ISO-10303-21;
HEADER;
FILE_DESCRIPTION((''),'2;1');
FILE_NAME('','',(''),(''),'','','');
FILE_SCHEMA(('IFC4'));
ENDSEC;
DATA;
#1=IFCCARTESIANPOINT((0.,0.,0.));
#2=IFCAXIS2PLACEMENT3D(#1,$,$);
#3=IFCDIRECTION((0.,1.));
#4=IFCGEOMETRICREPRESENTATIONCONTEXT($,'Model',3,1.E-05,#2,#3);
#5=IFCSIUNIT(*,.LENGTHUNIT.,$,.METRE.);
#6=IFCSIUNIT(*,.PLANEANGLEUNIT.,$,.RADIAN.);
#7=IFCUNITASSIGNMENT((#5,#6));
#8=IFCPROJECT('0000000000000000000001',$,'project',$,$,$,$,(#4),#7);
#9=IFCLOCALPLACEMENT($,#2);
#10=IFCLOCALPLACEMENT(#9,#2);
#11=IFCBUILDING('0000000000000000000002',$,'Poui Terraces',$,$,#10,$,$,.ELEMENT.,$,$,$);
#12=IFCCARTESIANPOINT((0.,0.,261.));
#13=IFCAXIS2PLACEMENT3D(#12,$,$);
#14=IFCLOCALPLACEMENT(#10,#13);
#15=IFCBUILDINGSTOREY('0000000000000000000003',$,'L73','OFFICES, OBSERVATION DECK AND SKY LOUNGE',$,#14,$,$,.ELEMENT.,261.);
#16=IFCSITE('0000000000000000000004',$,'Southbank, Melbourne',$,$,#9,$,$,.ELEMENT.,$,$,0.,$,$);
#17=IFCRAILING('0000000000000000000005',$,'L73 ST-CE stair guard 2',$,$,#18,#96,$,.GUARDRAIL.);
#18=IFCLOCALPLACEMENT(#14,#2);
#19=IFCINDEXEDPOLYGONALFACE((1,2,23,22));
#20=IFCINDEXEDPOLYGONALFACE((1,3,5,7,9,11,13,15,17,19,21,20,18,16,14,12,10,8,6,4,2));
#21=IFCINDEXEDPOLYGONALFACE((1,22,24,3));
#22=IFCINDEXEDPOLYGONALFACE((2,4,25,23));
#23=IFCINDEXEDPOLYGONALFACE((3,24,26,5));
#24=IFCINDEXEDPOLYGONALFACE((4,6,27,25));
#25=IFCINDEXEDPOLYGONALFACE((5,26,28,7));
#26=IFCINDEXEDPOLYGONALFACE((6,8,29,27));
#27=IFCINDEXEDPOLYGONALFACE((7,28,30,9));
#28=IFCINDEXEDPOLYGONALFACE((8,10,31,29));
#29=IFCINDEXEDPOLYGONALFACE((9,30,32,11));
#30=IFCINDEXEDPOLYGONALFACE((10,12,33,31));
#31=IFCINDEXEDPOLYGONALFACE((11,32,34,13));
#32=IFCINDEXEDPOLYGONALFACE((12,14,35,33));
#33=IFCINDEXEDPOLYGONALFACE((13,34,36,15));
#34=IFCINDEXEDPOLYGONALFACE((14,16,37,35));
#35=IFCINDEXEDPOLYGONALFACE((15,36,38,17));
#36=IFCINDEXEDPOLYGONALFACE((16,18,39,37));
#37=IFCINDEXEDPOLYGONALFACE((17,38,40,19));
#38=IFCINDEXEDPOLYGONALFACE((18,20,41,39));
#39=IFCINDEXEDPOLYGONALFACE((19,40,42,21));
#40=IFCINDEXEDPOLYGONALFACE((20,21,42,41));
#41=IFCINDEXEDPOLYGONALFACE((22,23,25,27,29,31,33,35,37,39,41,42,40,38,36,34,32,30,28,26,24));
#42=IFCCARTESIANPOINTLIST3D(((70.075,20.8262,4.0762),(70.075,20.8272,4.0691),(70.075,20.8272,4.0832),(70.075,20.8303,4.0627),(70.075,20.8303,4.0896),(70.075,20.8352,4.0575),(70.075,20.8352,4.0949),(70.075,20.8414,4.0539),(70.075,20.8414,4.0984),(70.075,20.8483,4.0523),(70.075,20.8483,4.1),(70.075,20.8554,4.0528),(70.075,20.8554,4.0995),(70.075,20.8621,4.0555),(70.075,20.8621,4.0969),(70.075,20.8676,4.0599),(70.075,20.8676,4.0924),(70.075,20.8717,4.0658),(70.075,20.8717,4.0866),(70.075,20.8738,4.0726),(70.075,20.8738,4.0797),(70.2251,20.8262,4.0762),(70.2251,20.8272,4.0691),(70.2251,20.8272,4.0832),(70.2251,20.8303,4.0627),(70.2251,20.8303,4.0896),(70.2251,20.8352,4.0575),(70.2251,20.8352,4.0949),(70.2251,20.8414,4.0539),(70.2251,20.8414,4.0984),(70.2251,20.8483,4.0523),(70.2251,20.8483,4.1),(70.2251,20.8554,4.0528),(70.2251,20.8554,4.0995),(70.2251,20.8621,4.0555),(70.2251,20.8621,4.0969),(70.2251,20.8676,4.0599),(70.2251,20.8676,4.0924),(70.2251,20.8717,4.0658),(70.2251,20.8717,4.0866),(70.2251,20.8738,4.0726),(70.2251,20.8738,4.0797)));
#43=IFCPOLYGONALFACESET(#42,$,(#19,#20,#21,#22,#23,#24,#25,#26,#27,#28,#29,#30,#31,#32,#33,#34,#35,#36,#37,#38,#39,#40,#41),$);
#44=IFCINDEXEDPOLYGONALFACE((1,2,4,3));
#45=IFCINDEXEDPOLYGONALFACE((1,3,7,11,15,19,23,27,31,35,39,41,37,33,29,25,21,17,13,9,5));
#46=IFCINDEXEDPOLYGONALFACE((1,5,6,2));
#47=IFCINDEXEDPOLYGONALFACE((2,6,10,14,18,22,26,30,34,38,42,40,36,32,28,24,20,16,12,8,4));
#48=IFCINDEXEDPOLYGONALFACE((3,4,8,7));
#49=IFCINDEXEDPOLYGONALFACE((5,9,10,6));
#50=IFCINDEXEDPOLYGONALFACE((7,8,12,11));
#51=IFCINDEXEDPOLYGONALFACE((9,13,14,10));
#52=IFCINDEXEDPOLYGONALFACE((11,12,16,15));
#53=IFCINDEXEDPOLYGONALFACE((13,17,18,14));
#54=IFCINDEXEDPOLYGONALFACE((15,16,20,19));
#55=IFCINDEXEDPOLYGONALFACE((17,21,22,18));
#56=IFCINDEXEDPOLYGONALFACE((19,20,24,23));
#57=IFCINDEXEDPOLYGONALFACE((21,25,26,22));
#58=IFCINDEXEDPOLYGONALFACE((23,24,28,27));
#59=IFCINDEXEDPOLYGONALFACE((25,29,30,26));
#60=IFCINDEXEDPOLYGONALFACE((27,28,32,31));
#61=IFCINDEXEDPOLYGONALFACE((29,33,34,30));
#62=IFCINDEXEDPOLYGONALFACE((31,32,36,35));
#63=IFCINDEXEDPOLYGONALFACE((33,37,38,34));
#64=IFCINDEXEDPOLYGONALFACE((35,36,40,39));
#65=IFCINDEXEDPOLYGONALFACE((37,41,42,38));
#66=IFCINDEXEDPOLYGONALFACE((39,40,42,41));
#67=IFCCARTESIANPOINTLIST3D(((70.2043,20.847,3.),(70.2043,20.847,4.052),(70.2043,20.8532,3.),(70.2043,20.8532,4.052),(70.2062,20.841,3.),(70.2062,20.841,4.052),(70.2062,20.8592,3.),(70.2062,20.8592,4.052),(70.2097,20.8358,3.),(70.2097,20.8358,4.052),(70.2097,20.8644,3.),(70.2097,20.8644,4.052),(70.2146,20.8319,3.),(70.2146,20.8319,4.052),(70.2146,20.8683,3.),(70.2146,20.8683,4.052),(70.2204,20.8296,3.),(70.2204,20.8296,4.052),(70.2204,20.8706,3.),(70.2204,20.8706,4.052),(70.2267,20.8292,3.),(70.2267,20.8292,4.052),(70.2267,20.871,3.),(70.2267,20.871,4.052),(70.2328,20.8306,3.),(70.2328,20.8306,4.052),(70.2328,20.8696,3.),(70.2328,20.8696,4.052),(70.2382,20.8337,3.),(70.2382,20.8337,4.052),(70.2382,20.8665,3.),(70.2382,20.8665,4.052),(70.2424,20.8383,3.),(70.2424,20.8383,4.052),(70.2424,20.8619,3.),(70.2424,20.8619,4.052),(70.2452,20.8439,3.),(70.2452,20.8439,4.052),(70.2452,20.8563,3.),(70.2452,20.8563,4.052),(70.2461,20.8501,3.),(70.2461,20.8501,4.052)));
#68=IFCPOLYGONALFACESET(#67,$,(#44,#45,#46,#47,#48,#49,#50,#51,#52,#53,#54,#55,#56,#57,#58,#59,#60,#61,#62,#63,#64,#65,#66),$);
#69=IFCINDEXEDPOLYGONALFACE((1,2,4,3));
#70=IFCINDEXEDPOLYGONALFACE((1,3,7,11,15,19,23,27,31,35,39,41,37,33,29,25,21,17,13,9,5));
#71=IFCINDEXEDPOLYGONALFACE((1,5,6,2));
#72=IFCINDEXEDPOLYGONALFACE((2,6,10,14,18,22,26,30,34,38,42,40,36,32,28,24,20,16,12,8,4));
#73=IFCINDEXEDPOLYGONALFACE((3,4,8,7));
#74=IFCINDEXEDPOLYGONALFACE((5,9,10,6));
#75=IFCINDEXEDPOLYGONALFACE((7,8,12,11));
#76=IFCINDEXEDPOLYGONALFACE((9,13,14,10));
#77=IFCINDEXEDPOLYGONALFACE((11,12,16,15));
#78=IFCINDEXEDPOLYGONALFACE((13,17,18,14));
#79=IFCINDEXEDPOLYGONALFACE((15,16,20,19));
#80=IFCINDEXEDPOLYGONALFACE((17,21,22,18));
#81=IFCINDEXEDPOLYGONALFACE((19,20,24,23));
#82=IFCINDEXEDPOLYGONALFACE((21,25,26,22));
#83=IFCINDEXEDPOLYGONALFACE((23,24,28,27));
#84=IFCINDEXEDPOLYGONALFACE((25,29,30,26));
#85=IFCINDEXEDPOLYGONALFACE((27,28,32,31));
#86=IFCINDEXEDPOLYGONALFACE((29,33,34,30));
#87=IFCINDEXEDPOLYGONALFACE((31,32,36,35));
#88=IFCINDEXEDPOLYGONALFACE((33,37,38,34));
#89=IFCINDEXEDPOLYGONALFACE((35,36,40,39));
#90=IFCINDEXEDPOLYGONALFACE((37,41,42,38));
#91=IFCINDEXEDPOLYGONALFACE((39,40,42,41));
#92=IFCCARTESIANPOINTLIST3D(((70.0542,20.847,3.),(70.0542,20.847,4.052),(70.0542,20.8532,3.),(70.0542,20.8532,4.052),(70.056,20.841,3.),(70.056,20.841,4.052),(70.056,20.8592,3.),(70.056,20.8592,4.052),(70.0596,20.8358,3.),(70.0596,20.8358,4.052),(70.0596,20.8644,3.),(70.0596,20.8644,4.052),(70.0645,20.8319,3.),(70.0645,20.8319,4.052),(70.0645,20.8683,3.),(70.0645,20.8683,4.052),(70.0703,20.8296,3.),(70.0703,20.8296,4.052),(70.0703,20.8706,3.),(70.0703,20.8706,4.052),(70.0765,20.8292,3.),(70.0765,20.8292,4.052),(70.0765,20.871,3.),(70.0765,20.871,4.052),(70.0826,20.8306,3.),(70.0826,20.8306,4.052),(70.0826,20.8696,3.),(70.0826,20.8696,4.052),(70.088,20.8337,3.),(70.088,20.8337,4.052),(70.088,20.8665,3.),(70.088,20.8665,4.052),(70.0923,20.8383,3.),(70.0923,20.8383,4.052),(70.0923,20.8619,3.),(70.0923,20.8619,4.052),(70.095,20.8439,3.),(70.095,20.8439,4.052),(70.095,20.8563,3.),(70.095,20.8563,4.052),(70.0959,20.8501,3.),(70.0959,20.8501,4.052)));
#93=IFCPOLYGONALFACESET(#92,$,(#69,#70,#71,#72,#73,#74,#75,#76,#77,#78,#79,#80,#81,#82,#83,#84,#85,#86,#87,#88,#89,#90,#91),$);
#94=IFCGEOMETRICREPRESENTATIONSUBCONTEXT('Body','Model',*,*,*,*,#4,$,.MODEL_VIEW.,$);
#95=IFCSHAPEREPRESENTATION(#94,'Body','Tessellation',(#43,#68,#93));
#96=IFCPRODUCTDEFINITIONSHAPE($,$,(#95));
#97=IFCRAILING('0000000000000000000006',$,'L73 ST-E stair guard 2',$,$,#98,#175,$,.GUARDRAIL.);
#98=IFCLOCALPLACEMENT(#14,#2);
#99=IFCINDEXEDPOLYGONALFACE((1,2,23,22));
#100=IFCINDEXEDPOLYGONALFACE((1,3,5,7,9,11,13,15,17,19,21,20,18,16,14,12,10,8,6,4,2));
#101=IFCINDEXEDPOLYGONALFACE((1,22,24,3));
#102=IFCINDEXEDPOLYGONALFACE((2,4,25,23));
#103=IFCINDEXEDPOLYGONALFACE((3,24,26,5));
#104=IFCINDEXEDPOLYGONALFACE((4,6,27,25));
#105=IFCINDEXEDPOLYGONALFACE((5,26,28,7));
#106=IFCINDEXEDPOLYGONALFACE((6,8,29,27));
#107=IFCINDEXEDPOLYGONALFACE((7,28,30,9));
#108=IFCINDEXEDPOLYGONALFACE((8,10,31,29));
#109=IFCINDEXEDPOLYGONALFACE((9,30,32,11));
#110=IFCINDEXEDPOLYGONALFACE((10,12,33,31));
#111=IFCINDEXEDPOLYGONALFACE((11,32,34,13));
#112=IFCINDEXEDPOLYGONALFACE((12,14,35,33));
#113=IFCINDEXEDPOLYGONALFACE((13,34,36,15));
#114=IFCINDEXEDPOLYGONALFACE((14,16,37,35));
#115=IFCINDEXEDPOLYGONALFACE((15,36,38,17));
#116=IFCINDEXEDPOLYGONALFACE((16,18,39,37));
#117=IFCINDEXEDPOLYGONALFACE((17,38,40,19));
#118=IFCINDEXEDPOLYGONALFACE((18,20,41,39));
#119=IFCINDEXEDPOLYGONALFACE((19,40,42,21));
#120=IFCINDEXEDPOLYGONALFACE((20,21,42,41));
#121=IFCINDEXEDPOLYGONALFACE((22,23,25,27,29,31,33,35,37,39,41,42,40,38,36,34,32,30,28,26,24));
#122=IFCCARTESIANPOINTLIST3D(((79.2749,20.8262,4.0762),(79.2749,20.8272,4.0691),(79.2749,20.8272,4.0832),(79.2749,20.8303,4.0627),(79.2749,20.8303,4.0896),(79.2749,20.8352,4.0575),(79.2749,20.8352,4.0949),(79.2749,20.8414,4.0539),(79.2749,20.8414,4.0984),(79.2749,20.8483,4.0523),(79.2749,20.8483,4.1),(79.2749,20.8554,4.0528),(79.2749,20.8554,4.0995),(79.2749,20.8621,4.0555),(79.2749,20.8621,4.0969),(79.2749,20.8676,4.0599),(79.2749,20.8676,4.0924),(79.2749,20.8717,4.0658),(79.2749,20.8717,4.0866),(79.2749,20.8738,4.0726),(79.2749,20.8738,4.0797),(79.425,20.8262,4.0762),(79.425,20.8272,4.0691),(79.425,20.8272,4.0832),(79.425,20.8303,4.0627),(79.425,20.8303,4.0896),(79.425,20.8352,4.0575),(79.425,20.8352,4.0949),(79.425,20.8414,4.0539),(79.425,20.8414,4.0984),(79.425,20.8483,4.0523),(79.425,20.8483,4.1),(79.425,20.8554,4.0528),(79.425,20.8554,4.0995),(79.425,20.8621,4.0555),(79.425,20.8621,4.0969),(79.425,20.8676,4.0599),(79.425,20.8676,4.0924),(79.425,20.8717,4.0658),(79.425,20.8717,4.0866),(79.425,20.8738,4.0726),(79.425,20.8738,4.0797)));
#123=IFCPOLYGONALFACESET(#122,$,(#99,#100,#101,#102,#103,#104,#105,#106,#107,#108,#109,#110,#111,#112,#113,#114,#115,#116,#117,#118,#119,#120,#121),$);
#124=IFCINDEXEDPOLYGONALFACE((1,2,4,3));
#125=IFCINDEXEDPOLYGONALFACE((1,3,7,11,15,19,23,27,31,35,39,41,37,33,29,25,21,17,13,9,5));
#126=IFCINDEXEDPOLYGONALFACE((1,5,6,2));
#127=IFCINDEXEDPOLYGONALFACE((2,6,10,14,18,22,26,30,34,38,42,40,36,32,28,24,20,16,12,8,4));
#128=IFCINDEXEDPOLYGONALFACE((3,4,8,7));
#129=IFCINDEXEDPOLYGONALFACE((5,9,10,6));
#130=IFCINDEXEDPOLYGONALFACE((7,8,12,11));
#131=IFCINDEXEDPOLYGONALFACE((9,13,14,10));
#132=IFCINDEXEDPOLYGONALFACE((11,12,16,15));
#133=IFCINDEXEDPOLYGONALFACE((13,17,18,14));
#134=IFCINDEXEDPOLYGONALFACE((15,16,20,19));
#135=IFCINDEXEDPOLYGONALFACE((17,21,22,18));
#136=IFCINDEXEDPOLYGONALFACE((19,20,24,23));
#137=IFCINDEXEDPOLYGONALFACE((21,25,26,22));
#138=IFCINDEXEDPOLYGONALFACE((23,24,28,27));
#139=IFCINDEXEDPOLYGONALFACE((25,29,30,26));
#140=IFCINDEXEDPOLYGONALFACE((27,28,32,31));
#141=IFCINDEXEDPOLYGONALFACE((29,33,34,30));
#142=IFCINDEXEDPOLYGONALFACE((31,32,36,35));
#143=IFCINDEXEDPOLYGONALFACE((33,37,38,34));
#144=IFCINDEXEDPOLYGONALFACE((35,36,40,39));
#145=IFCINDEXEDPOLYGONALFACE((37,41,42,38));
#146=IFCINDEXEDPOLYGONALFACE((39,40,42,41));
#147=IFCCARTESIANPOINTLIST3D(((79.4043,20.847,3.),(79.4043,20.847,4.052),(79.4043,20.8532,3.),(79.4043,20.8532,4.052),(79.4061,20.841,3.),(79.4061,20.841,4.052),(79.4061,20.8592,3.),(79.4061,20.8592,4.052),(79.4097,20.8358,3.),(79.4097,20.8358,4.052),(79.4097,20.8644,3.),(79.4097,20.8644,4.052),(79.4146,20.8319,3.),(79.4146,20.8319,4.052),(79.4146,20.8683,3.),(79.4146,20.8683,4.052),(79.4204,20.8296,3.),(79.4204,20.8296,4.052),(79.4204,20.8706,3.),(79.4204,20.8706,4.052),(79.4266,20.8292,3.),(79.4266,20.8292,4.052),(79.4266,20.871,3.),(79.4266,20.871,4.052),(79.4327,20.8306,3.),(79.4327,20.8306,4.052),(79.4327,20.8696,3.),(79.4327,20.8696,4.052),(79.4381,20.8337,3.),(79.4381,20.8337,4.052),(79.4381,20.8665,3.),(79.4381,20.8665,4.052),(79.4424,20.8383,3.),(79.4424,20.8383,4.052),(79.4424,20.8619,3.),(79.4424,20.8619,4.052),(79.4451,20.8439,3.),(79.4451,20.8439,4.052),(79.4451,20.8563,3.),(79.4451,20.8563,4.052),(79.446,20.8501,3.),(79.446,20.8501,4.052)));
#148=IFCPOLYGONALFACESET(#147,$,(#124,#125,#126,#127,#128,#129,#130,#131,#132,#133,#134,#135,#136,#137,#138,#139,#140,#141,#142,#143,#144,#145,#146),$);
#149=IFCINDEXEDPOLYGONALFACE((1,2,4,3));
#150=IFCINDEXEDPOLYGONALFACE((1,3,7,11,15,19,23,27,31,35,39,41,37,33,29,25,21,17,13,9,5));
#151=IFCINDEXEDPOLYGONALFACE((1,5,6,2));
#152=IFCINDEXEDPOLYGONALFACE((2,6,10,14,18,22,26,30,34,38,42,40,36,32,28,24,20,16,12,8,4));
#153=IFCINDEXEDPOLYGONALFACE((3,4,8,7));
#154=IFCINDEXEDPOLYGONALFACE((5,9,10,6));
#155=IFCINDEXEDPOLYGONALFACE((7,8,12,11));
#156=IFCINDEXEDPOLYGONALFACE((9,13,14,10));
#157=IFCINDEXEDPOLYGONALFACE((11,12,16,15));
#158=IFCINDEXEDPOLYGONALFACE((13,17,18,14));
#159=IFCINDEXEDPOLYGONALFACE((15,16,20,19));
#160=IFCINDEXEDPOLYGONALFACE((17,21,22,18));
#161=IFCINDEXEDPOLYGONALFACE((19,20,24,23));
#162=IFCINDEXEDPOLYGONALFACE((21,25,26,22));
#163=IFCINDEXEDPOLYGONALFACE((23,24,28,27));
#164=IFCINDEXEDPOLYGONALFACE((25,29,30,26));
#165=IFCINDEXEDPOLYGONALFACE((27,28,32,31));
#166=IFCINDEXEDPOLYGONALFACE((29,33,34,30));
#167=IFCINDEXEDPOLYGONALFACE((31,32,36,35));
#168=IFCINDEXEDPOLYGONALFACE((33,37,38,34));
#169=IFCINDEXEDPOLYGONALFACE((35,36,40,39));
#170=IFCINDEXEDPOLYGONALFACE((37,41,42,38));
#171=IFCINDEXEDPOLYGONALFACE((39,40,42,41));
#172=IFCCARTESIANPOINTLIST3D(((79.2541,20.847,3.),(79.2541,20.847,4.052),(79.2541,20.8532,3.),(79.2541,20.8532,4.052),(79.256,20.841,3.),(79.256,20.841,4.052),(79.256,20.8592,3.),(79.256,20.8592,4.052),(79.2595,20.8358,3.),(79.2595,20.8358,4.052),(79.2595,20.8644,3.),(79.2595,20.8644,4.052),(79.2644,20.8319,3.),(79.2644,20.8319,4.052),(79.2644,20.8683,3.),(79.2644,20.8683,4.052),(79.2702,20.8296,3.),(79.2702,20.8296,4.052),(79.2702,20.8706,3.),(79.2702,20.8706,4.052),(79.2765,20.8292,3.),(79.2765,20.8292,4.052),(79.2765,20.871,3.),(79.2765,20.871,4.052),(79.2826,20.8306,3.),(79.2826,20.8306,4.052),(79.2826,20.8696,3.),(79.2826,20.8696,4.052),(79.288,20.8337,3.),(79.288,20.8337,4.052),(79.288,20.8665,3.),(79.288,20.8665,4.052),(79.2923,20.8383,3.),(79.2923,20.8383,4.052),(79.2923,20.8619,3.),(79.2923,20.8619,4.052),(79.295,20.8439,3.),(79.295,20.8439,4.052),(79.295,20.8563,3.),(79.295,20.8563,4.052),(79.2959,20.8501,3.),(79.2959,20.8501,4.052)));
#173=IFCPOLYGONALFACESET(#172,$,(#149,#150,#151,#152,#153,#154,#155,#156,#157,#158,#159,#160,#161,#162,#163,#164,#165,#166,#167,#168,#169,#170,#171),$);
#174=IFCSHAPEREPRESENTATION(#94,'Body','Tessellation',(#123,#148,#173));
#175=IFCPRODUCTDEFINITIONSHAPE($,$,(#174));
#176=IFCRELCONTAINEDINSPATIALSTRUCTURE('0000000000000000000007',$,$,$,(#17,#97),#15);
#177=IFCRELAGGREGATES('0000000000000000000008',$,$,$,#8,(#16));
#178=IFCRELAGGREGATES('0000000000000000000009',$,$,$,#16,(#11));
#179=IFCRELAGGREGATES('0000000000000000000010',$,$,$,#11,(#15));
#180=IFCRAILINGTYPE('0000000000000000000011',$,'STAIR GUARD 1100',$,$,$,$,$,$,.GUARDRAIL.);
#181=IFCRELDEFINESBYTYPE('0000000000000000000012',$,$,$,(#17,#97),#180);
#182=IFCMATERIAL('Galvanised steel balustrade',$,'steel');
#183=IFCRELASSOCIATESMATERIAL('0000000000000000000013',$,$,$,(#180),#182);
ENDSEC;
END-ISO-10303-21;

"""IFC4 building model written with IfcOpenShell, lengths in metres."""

from ifc_helpers import new_model, si_unit, direction, frame, origin, origin_2d, place, context, subcontext, project, spatial, circle, extrude, material, type_object, element, save


model = new_model("IFC4")

# Units and contexts
model_context = context("Model", 3, precision=1e-05, world=origin(), true_north=direction((0.0, 1.0)))
body_context = subcontext(model_context, "Body", "Model", "MODEL_VIEW")
ifc_project = project(units=[si_unit("LENGTHUNIT", "METRE"), si_unit("PLANEANGLEUNIT", "RADIAN")], contexts=[model_context])

# Site, building, storey
site_placement = place(None, origin())
site = spatial("IfcSite", under=ifc_project, at=site_placement, Name="Southbank, Melbourne", CompositionType="ELEMENT", RefElevation=0.0)
building_placement = place(site_placement, origin())
building = spatial("IfcBuilding", under=site, at=building_placement, Name="Poui Terraces", CompositionType="ELEMENT")
storey_placement = place(building_placement, frame((0.0, 0.0, 261.0)))
storey = spatial("IfcBuildingStorey", under=building, at=storey_placement, Name="L73", Description="OFFICES, OBSERVATION DECK AND SKY LOUNGE", CompositionType="ELEMENT", Elevation=261.0)

# Railings
ifc_material_1 = material(Name="Galvanised steel balustrade", Category="steel")
railing_type_1 = type_object("IfcRailingType", Name="STAIR GUARD 1100", PredefinedType="GUARDRAIL", material=ifc_material_1)
railing_1_placement = place(storey_placement, frame((70.2251, 20.8501, 3.0)))
element("IfcRailing", 1, at=railing_1_placement, inside=storey, type_object=railing_type_1, Name="L73 ST-CE stair guard 2", PredefinedType="GUARDRAIL", context=body_context, shape_type="SweptSolid", body=[
    extrude(circle(Radius=0.0239, at=origin_2d()), frame((0.0, 0.0, 1.0762), z_axis=(-1.0, 0.0, 0.0), x_axis=(0.0, -1.0, 0.0)), (0.0, 0.0, 1.0), 0.1501),
    extrude(circle(Radius=0.021, at=origin_2d()), origin(), (0.0, 0.0, 1.0), 1.052),
    extrude(circle(Radius=0.021, at=origin_2d()), frame((-0.1501, 0.0, 0.0)), (0.0, 0.0, 1.0), 1.052),
])
railing_2_placement = place(storey_placement, frame((79.425, 20.8501, 3.0)))
element("IfcRailing", 2, at=railing_2_placement, inside=storey, type_object=railing_type_1, Name="L73 ST-E stair guard 2", PredefinedType="GUARDRAIL", context=body_context, shape_type="SweptSolid", body=[
    extrude(circle(Radius=0.0239, at=origin_2d()), frame((0.0, 0.0, 1.0762), z_axis=(-1.0, 0.0, 0.0), x_axis=(0.0, -1.0, 0.0)), (0.0, 0.0, 1.0), 0.1501),
    extrude(circle(Radius=0.021, at=origin_2d()), origin(), (0.0, 0.0, 1.0), 1.052),
    extrude(circle(Radius=0.021, at=origin_2d()), frame((-0.1501, 0.0, 0.0)), (0.0, 0.0, 1.0), 1.052),
])

save(model, "model.ifc")
